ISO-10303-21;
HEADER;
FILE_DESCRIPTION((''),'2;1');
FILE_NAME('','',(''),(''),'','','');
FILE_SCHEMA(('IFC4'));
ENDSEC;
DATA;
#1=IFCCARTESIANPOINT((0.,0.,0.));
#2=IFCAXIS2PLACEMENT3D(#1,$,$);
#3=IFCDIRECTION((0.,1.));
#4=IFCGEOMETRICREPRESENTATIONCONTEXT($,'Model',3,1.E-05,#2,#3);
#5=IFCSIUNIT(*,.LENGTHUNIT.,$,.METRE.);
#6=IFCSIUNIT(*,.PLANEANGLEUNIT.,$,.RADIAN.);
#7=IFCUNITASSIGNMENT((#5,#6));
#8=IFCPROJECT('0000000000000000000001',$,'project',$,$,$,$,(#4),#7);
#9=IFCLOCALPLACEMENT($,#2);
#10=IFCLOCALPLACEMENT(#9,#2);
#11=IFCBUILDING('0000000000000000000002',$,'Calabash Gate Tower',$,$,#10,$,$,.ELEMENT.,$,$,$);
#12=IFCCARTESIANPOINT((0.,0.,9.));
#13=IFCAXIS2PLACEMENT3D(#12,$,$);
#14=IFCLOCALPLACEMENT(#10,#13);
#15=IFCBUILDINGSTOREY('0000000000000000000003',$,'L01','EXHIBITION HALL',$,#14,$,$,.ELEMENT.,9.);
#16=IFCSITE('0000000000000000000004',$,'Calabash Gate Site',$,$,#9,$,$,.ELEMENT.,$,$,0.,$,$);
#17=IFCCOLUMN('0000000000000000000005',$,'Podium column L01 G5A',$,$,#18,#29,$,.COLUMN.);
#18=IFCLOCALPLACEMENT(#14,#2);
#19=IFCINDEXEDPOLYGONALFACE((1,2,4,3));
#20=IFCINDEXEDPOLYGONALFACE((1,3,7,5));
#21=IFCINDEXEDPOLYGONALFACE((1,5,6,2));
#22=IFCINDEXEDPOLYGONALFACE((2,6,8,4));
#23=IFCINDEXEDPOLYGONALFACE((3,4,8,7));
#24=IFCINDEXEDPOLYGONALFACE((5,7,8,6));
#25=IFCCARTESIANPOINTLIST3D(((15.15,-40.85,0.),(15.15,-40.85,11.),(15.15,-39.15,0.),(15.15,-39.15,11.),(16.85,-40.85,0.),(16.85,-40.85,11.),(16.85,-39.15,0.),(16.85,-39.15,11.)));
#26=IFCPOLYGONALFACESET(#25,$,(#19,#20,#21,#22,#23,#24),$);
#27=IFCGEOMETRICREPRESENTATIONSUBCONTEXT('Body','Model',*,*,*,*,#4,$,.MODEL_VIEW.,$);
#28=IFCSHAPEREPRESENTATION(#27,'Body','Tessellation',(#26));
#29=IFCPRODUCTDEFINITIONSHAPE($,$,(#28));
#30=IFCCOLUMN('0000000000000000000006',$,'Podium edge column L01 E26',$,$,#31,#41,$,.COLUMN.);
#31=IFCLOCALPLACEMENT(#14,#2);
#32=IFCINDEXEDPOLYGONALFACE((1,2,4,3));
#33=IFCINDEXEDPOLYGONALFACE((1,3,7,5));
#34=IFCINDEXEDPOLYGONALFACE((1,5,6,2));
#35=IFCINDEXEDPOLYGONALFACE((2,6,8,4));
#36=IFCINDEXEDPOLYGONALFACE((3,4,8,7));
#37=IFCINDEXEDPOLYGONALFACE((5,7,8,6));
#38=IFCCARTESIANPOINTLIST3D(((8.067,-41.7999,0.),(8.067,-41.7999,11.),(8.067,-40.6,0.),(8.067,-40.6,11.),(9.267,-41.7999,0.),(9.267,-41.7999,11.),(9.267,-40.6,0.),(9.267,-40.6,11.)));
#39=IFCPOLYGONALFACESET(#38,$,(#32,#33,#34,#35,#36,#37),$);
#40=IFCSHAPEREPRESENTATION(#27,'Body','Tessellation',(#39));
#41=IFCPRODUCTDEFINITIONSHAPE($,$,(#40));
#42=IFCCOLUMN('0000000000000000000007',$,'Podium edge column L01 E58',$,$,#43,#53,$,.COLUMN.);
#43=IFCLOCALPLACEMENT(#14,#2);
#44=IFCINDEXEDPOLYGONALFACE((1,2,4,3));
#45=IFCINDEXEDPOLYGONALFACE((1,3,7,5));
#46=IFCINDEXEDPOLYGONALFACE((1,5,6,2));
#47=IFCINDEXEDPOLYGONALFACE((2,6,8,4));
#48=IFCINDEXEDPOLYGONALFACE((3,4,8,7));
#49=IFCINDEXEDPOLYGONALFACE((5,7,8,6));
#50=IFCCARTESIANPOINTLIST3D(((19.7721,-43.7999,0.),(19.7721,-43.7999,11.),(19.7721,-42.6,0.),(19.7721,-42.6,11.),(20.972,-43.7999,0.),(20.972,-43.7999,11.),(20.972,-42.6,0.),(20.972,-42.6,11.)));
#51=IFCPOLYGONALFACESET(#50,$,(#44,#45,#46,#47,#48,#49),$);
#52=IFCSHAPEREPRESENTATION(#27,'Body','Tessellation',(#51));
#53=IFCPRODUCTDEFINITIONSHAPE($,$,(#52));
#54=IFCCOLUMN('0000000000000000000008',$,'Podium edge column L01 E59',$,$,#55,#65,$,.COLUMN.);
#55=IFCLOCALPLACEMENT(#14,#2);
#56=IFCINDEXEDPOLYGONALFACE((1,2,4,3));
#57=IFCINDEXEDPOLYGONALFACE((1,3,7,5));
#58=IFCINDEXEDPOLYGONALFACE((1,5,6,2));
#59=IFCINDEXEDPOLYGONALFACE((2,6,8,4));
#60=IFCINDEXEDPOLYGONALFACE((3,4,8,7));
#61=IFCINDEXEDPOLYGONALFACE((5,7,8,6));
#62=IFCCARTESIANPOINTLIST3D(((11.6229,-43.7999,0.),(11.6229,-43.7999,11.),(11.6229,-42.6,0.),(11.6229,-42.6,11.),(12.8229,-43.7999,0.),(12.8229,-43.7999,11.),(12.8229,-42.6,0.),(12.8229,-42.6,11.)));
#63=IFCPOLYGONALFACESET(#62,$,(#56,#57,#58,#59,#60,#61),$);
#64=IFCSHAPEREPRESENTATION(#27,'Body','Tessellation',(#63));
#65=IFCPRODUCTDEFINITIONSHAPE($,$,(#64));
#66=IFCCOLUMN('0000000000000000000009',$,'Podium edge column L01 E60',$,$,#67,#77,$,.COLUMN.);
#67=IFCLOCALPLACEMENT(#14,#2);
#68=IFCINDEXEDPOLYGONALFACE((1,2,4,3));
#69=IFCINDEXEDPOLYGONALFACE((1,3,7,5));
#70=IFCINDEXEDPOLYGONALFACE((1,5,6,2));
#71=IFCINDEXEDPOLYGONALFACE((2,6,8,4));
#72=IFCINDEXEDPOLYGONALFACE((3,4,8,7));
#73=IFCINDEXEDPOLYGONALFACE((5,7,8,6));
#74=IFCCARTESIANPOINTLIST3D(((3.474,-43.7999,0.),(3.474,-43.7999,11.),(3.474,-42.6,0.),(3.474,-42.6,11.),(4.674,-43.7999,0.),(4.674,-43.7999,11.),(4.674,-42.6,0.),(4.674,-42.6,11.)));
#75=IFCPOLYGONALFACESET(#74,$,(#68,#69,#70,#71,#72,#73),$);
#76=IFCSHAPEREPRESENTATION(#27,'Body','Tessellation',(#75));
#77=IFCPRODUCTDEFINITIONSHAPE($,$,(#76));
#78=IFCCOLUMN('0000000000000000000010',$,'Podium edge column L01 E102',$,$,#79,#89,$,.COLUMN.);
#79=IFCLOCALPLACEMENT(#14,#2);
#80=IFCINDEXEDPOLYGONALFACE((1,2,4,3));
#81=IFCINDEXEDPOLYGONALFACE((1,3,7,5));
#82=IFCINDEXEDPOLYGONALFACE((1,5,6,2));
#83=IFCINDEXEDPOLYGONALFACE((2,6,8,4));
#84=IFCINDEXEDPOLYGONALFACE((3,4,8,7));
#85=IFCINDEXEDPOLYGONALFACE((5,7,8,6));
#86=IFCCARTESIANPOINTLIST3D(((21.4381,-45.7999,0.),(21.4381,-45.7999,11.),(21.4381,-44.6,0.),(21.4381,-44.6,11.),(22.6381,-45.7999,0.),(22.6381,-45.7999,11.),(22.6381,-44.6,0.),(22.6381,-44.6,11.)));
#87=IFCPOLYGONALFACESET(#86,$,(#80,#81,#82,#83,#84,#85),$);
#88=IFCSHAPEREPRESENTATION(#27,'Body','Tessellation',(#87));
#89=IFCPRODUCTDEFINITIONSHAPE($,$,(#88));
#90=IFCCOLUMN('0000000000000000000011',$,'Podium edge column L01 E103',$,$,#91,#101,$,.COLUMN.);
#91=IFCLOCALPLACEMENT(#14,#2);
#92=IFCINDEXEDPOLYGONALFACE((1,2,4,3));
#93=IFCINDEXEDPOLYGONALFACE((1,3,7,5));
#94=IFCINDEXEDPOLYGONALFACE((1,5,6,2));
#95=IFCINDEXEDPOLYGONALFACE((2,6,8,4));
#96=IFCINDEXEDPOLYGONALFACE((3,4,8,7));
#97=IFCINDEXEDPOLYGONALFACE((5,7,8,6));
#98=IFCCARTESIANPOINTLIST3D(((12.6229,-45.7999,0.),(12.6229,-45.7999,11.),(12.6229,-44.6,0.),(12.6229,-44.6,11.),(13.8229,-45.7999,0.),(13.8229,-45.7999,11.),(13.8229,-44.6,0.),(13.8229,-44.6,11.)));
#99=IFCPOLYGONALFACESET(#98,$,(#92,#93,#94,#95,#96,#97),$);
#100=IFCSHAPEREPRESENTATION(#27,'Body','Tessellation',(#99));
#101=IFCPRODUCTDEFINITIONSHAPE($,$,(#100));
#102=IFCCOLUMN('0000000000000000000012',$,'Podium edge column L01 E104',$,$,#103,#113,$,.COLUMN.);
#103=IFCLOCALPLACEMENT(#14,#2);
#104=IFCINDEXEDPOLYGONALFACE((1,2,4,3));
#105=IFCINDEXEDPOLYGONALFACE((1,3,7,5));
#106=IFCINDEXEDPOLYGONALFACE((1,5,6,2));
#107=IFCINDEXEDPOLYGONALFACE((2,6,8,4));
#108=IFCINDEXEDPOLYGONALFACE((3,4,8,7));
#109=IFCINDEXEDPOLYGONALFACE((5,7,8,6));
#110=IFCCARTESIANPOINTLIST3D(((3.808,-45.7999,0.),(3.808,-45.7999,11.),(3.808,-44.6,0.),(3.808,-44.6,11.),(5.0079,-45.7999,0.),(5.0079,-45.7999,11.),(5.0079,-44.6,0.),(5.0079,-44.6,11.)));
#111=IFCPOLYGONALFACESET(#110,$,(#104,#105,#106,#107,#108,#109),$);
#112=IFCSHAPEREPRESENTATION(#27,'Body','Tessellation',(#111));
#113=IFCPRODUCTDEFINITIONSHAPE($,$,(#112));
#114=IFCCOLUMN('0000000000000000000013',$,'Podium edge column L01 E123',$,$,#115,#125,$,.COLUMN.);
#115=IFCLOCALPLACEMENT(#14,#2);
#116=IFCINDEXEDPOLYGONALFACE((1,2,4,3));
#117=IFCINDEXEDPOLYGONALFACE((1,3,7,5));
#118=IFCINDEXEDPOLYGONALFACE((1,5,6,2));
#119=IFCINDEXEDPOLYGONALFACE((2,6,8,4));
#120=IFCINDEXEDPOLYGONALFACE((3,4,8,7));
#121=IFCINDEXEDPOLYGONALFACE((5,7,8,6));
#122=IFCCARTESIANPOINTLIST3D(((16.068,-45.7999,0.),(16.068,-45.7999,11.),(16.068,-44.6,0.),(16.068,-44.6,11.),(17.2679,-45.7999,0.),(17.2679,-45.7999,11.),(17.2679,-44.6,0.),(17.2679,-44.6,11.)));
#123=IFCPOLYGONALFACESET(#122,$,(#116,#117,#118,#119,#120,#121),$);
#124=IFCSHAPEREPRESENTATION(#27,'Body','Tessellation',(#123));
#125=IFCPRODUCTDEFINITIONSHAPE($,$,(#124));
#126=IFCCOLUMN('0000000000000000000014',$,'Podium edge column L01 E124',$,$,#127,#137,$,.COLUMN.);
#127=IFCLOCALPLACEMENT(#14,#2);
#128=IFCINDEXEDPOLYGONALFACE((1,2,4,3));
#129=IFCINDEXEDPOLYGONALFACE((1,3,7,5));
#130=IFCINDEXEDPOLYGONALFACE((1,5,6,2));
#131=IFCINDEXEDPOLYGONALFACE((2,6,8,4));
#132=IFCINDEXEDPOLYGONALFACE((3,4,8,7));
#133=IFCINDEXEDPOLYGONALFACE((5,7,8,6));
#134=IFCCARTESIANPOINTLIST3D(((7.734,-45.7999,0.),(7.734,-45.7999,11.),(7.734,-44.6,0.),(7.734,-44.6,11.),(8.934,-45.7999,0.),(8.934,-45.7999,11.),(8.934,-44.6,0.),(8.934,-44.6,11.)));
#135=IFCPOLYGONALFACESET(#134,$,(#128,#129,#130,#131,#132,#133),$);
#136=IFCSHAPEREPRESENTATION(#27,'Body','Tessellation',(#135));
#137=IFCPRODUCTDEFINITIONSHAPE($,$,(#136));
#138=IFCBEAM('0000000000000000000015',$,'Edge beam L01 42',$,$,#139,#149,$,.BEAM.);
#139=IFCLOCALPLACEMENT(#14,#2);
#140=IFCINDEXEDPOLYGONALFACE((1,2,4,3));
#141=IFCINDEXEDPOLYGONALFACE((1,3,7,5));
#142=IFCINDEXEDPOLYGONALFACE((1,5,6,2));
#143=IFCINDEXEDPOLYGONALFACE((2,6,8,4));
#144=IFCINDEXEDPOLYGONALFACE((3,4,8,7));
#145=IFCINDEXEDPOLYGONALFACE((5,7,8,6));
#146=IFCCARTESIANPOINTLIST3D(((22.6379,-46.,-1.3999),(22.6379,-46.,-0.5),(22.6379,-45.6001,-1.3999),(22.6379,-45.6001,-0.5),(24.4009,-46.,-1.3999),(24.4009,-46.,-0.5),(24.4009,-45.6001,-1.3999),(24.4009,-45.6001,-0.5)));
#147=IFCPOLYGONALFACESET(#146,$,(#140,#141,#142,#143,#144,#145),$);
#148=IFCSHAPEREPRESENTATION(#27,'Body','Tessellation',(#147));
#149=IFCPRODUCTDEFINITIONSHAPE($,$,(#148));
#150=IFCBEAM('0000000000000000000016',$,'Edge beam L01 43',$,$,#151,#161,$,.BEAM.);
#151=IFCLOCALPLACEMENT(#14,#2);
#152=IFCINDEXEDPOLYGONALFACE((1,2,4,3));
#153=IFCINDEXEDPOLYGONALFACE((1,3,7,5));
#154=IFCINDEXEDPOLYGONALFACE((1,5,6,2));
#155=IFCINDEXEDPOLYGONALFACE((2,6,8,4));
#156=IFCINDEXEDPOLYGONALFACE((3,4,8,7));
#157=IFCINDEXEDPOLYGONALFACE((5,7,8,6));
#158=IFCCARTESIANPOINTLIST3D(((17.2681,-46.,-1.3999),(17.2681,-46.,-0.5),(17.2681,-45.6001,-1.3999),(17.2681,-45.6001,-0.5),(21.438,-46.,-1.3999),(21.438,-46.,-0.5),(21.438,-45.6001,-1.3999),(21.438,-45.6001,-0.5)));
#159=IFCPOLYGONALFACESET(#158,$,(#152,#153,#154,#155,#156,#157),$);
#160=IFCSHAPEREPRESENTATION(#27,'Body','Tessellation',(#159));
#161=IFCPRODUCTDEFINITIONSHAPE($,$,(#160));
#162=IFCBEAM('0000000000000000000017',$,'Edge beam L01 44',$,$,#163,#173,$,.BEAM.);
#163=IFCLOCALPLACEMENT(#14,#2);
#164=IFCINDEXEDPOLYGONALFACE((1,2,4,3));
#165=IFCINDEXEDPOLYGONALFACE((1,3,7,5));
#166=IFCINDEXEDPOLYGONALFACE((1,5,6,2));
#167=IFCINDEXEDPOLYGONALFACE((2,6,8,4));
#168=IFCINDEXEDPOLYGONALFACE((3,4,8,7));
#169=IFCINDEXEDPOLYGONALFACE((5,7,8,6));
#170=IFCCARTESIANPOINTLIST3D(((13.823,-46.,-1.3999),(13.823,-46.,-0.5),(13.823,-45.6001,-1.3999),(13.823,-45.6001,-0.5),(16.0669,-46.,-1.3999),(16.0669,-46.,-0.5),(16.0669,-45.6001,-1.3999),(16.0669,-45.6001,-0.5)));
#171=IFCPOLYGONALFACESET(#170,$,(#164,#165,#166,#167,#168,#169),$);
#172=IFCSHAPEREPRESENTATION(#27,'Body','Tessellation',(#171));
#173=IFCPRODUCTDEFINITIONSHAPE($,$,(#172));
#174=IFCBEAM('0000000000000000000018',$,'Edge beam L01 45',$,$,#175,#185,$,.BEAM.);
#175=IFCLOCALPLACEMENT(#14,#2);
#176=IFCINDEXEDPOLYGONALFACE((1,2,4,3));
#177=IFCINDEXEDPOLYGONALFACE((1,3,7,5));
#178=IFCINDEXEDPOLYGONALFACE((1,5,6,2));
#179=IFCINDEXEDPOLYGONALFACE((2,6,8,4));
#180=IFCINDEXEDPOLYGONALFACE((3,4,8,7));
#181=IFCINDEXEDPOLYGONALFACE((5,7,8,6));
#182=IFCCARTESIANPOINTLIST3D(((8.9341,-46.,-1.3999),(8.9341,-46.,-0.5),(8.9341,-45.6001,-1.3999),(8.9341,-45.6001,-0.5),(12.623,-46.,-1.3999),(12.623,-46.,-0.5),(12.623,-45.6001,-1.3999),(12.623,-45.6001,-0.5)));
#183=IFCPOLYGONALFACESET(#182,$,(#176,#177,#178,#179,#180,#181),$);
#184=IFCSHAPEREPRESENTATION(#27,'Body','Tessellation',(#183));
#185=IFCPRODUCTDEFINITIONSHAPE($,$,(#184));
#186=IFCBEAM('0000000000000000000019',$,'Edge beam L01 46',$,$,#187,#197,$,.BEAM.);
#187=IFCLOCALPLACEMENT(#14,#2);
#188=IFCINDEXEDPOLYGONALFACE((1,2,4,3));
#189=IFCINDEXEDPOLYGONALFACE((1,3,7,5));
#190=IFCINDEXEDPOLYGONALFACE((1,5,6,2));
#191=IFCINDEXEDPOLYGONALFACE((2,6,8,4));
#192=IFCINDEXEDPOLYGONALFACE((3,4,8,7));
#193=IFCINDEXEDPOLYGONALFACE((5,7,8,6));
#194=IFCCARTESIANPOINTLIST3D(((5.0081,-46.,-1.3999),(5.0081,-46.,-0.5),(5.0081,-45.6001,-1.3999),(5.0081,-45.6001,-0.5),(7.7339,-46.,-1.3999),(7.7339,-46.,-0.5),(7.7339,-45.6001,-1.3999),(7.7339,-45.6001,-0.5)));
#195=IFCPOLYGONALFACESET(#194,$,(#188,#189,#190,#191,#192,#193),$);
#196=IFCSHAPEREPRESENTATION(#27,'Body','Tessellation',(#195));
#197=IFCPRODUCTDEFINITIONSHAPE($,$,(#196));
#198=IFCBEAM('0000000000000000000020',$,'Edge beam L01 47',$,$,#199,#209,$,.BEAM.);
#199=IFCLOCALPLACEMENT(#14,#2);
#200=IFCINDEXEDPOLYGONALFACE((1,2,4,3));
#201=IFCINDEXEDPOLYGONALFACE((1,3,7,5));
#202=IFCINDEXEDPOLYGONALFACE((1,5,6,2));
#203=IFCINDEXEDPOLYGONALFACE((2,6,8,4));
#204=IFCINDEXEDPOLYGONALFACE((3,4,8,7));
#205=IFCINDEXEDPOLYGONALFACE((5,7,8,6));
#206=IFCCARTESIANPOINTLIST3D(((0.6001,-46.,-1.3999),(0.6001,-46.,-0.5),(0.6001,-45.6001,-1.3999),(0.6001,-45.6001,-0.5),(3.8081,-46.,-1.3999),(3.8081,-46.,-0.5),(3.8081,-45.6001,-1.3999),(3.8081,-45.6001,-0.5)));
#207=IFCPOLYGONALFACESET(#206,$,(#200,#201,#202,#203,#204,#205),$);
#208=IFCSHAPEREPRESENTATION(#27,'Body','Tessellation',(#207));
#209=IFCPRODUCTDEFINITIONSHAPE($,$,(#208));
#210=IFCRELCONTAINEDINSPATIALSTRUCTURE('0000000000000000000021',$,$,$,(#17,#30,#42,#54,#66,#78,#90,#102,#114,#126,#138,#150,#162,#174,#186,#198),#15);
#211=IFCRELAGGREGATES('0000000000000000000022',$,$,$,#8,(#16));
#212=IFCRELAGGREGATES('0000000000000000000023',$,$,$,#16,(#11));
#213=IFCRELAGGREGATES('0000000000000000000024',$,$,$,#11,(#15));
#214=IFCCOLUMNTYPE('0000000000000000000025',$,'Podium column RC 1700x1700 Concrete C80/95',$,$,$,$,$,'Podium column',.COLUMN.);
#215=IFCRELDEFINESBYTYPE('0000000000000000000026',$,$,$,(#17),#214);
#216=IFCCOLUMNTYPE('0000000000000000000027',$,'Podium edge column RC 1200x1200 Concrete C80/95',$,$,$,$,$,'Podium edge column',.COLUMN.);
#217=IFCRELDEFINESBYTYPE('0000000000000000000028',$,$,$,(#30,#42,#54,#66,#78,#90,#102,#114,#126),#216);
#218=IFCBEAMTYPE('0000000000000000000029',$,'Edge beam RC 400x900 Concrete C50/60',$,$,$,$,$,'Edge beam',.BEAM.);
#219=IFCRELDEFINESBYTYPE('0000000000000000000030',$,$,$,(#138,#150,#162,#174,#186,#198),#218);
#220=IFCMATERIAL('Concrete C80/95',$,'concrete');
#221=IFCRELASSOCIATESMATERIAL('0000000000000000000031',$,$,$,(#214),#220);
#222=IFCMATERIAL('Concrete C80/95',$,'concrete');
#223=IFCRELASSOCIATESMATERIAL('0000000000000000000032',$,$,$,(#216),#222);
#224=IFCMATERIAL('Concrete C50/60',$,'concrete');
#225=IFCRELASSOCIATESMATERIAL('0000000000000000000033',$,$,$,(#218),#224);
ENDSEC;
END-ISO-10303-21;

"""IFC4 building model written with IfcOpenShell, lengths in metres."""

from ifc_helpers import new_model, si_unit, direction, frame, origin, origin_2d, place, context, subcontext, project, spatial, rectangle, extrude, material, material_profile, profile_set, type_object, element, save


model = new_model("IFC4")

# Units and contexts
model_context = context("Model", 3, precision=1e-05, world=origin(), true_north=direction((0.0, 1.0)))
body_context = subcontext(model_context, "Body", "Model", "MODEL_VIEW")
ifc_project = project(units=[si_unit("LENGTHUNIT", "METRE"), si_unit("PLANEANGLEUNIT", "RADIAN")], contexts=[model_context])

# Site, building, storey
site_placement = place(None, origin())
site = spatial("IfcSite", under=ifc_project, at=site_placement, Name="Calabash Gate Site", CompositionType="ELEMENT", RefElevation=0.0)
building_placement = place(site_placement, origin())
building = spatial("IfcBuilding", under=site, at=building_placement, Name="Calabash Gate Tower", CompositionType="ELEMENT")
storey_placement = place(building_placement, frame((0.0, 0.0, 9.0)))
storey = spatial("IfcBuildingStorey", under=building, at=storey_placement, Name="L01", Description="EXHIBITION HALL", CompositionType="ELEMENT", Elevation=9.0)

# Columns
ifc_material_1 = material(Name="Concrete C80/95", Category="concrete")
ifc_material_profile_1 = material_profile(ifc_material_1, rectangle(XDim=1.7, YDim=1.7, at=origin_2d()))
ifc_profile_set_1 = profile_set([ifc_material_profile_1], Name="Concrete C80/95")
column_type_1 = type_object("IfcColumnType", Name="Podium column RC 1700x1700 Concrete C80/95", ElementType="Podium column", PredefinedType="COLUMN", material=ifc_profile_set_1)
column_placement = place(storey_placement, frame((16.0, -40.0, 0.0), z_axis=(0.0, 0.0, 1.0), x_axis=(1.0, 0.0, 0.0)))
element("IfcColumn", 1, at=column_placement, inside=storey, type_object=column_type_1, Name="Podium column L01 G5A", PredefinedType="COLUMN", context=body_context, shape_type="SweptSolid", body=[
    extrude(rectangle(XDim=1.7, YDim=1.7, at=origin_2d()), origin(), (0.0, 0.0, 1.0), 11.0),
])
ifc_material_2 = material(Name="Concrete C80/95", Category="concrete")
ifc_material_profile_2 = material_profile(ifc_material_2, rectangle(XDim=1.2, YDim=1.2, at=origin_2d()))
ifc_profile_set_2 = profile_set([ifc_material_profile_2], Name="Concrete C80/95")
column_type_2 = type_object("IfcColumnType", Name="Podium edge column RC 1200x1200 Concrete C80/95", ElementType="Podium edge column", PredefinedType="COLUMN", material=ifc_profile_set_2)
for number, where, z_axis, x_axis, name in (
    (2, (8.667, -41.2, 0.0), (0.0, 0.0, 1.0), (1.0, 0.0, 0.0), "Podium edge column L01 E26"),
    (3, (20.3721, -43.2, 0.0), (0.0, 0.0, 1.0), (1.0, 0.0, 0.0), "Podium edge column L01 E58"),
    (4, (12.2229, -43.2, 0.0), (0.0, 0.0, 1.0), (1.0, 0.0, 0.0), "Podium edge column L01 E59"),
    (5, (4.074, -43.2, 0.0), (0.0, 0.0, 1.0), (1.0, 0.0, 0.0), "Podium edge column L01 E60"),
    (6, (22.0381, -45.2, 0.0), (0.0, 0.0, 1.0), (1.0, 0.0, 0.0), "Podium edge column L01 E102"),
    (7, (13.2229, -45.2, 0.0), (0.0, 0.0, 1.0), (1.0, 0.0, 0.0), "Podium edge column L01 E103"),
    (8, (4.408, -45.2, 0.0), (0.0, 0.0, 1.0), (1.0, 0.0, 0.0), "Podium edge column L01 E104"),
    (9, (16.668, -45.2, 0.0), (0.0, 0.0, 1.0), (1.0, 0.0, 0.0), "Podium edge column L01 E123"),
    (10, (8.334, -45.2, 0.0), (0.0, 0.0, 1.0), (1.0, 0.0, 0.0), "Podium edge column L01 E124"),
):
    element("IfcColumn", number, at=place(storey_placement, frame(where, z_axis=z_axis, x_axis=x_axis)), inside=storey, type_object=column_type_2, Name=name, PredefinedType="COLUMN", context=body_context, shape_type="SweptSolid", body=[
        extrude(rectangle(XDim=1.2, YDim=1.2, at=origin_2d()), origin(), (0.0, 0.0, 1.0), 11.0),
    ])

# Beams
ifc_material_3 = material(Name="Concrete C50/60", Category="concrete")
ifc_material_profile_3 = material_profile(ifc_material_3, rectangle(XDim=0.3999, YDim=0.8999, at=origin_2d()))
ifc_profile_set_3 = profile_set([ifc_material_profile_3], Name="Concrete C50/60")
beam_type_1 = type_object("IfcBeamType", Name="Edge beam RC 400x900 Concrete C50/60", ElementType="Edge beam", PredefinedType="BEAM", material=ifc_profile_set_3)
beam_1_placement = place(storey_placement, frame((24.4009, -45.8, -0.95), z_axis=(-1.0, 0.0, 0.0), x_axis=(0.0, -1.0, 0.0)))
element("IfcBeam", 11, at=beam_1_placement, inside=storey, type_object=beam_type_1, Name="Edge beam L01 42", PredefinedType="BEAM", context=body_context, shape_type="SweptSolid", body=[
    extrude(rectangle(XDim=0.3999, YDim=0.8999, at=origin_2d()), origin(), (0.0, 0.0, 1.0), 1.7629),
])
beam_2_placement = place(storey_placement, frame((21.438, -45.8, -0.95), z_axis=(-1.0, 0.0, 0.0), x_axis=(0.0, -1.0, 0.0)))
element("IfcBeam", 12, at=beam_2_placement, inside=storey, type_object=beam_type_1, Name="Edge beam L01 43", PredefinedType="BEAM", context=body_context, shape_type="SweptSolid", body=[
    extrude(rectangle(XDim=0.3999, YDim=0.8999, at=origin_2d()), origin(), (0.0, 0.0, 1.0), 4.1699),
])
beam_3_placement = place(storey_placement, frame((16.0669, -45.8, -0.95), z_axis=(-1.0, 0.0, 0.0), x_axis=(0.0, -1.0, 0.0)))
element("IfcBeam", 13, at=beam_3_placement, inside=storey, type_object=beam_type_1, Name="Edge beam L01 44", PredefinedType="BEAM", context=body_context, shape_type="SweptSolid", body=[
    extrude(rectangle(XDim=0.3999, YDim=0.8999, at=origin_2d()), origin(), (0.0, 0.0, 1.0), 2.2439),
])
beam_4_placement = place(storey_placement, frame((12.623, -45.8, -0.95), z_axis=(-1.0, 0.0, 0.0), x_axis=(0.0, -1.0, 0.0)))
element("IfcBeam", 14, at=beam_4_placement, inside=storey, type_object=beam_type_1, Name="Edge beam L01 45", PredefinedType="BEAM", context=body_context, shape_type="SweptSolid", body=[
    extrude(rectangle(XDim=0.3999, YDim=0.8999, at=origin_2d()), origin(), (0.0, 0.0, 1.0), 3.689),
])
beam_5_placement = place(storey_placement, frame((7.7339, -45.8, -0.95), z_axis=(-1.0, 0.0, 0.0), x_axis=(0.0, -1.0, 0.0)))
element("IfcBeam", 15, at=beam_5_placement, inside=storey, type_object=beam_type_1, Name="Edge beam L01 46", PredefinedType="BEAM", context=body_context, shape_type="SweptSolid", body=[
    extrude(rectangle(XDim=0.3999, YDim=0.8999, at=origin_2d()), origin(), (0.0, 0.0, 1.0), 2.7258),
])
beam_6_placement = place(storey_placement, frame((3.8081, -45.8, -0.95), z_axis=(-1.0, 0.0, 0.0), x_axis=(0.0, -1.0, 0.0)))
element("IfcBeam", 16, at=beam_6_placement, inside=storey, type_object=beam_type_1, Name="Edge beam L01 47", PredefinedType="BEAM", context=body_context, shape_type="SweptSolid", body=[
    extrude(rectangle(XDim=0.3999, YDim=0.8999, at=origin_2d()), origin(), (0.0, 0.0, 1.0), 3.208),
])

save(model, "model.ifc")
